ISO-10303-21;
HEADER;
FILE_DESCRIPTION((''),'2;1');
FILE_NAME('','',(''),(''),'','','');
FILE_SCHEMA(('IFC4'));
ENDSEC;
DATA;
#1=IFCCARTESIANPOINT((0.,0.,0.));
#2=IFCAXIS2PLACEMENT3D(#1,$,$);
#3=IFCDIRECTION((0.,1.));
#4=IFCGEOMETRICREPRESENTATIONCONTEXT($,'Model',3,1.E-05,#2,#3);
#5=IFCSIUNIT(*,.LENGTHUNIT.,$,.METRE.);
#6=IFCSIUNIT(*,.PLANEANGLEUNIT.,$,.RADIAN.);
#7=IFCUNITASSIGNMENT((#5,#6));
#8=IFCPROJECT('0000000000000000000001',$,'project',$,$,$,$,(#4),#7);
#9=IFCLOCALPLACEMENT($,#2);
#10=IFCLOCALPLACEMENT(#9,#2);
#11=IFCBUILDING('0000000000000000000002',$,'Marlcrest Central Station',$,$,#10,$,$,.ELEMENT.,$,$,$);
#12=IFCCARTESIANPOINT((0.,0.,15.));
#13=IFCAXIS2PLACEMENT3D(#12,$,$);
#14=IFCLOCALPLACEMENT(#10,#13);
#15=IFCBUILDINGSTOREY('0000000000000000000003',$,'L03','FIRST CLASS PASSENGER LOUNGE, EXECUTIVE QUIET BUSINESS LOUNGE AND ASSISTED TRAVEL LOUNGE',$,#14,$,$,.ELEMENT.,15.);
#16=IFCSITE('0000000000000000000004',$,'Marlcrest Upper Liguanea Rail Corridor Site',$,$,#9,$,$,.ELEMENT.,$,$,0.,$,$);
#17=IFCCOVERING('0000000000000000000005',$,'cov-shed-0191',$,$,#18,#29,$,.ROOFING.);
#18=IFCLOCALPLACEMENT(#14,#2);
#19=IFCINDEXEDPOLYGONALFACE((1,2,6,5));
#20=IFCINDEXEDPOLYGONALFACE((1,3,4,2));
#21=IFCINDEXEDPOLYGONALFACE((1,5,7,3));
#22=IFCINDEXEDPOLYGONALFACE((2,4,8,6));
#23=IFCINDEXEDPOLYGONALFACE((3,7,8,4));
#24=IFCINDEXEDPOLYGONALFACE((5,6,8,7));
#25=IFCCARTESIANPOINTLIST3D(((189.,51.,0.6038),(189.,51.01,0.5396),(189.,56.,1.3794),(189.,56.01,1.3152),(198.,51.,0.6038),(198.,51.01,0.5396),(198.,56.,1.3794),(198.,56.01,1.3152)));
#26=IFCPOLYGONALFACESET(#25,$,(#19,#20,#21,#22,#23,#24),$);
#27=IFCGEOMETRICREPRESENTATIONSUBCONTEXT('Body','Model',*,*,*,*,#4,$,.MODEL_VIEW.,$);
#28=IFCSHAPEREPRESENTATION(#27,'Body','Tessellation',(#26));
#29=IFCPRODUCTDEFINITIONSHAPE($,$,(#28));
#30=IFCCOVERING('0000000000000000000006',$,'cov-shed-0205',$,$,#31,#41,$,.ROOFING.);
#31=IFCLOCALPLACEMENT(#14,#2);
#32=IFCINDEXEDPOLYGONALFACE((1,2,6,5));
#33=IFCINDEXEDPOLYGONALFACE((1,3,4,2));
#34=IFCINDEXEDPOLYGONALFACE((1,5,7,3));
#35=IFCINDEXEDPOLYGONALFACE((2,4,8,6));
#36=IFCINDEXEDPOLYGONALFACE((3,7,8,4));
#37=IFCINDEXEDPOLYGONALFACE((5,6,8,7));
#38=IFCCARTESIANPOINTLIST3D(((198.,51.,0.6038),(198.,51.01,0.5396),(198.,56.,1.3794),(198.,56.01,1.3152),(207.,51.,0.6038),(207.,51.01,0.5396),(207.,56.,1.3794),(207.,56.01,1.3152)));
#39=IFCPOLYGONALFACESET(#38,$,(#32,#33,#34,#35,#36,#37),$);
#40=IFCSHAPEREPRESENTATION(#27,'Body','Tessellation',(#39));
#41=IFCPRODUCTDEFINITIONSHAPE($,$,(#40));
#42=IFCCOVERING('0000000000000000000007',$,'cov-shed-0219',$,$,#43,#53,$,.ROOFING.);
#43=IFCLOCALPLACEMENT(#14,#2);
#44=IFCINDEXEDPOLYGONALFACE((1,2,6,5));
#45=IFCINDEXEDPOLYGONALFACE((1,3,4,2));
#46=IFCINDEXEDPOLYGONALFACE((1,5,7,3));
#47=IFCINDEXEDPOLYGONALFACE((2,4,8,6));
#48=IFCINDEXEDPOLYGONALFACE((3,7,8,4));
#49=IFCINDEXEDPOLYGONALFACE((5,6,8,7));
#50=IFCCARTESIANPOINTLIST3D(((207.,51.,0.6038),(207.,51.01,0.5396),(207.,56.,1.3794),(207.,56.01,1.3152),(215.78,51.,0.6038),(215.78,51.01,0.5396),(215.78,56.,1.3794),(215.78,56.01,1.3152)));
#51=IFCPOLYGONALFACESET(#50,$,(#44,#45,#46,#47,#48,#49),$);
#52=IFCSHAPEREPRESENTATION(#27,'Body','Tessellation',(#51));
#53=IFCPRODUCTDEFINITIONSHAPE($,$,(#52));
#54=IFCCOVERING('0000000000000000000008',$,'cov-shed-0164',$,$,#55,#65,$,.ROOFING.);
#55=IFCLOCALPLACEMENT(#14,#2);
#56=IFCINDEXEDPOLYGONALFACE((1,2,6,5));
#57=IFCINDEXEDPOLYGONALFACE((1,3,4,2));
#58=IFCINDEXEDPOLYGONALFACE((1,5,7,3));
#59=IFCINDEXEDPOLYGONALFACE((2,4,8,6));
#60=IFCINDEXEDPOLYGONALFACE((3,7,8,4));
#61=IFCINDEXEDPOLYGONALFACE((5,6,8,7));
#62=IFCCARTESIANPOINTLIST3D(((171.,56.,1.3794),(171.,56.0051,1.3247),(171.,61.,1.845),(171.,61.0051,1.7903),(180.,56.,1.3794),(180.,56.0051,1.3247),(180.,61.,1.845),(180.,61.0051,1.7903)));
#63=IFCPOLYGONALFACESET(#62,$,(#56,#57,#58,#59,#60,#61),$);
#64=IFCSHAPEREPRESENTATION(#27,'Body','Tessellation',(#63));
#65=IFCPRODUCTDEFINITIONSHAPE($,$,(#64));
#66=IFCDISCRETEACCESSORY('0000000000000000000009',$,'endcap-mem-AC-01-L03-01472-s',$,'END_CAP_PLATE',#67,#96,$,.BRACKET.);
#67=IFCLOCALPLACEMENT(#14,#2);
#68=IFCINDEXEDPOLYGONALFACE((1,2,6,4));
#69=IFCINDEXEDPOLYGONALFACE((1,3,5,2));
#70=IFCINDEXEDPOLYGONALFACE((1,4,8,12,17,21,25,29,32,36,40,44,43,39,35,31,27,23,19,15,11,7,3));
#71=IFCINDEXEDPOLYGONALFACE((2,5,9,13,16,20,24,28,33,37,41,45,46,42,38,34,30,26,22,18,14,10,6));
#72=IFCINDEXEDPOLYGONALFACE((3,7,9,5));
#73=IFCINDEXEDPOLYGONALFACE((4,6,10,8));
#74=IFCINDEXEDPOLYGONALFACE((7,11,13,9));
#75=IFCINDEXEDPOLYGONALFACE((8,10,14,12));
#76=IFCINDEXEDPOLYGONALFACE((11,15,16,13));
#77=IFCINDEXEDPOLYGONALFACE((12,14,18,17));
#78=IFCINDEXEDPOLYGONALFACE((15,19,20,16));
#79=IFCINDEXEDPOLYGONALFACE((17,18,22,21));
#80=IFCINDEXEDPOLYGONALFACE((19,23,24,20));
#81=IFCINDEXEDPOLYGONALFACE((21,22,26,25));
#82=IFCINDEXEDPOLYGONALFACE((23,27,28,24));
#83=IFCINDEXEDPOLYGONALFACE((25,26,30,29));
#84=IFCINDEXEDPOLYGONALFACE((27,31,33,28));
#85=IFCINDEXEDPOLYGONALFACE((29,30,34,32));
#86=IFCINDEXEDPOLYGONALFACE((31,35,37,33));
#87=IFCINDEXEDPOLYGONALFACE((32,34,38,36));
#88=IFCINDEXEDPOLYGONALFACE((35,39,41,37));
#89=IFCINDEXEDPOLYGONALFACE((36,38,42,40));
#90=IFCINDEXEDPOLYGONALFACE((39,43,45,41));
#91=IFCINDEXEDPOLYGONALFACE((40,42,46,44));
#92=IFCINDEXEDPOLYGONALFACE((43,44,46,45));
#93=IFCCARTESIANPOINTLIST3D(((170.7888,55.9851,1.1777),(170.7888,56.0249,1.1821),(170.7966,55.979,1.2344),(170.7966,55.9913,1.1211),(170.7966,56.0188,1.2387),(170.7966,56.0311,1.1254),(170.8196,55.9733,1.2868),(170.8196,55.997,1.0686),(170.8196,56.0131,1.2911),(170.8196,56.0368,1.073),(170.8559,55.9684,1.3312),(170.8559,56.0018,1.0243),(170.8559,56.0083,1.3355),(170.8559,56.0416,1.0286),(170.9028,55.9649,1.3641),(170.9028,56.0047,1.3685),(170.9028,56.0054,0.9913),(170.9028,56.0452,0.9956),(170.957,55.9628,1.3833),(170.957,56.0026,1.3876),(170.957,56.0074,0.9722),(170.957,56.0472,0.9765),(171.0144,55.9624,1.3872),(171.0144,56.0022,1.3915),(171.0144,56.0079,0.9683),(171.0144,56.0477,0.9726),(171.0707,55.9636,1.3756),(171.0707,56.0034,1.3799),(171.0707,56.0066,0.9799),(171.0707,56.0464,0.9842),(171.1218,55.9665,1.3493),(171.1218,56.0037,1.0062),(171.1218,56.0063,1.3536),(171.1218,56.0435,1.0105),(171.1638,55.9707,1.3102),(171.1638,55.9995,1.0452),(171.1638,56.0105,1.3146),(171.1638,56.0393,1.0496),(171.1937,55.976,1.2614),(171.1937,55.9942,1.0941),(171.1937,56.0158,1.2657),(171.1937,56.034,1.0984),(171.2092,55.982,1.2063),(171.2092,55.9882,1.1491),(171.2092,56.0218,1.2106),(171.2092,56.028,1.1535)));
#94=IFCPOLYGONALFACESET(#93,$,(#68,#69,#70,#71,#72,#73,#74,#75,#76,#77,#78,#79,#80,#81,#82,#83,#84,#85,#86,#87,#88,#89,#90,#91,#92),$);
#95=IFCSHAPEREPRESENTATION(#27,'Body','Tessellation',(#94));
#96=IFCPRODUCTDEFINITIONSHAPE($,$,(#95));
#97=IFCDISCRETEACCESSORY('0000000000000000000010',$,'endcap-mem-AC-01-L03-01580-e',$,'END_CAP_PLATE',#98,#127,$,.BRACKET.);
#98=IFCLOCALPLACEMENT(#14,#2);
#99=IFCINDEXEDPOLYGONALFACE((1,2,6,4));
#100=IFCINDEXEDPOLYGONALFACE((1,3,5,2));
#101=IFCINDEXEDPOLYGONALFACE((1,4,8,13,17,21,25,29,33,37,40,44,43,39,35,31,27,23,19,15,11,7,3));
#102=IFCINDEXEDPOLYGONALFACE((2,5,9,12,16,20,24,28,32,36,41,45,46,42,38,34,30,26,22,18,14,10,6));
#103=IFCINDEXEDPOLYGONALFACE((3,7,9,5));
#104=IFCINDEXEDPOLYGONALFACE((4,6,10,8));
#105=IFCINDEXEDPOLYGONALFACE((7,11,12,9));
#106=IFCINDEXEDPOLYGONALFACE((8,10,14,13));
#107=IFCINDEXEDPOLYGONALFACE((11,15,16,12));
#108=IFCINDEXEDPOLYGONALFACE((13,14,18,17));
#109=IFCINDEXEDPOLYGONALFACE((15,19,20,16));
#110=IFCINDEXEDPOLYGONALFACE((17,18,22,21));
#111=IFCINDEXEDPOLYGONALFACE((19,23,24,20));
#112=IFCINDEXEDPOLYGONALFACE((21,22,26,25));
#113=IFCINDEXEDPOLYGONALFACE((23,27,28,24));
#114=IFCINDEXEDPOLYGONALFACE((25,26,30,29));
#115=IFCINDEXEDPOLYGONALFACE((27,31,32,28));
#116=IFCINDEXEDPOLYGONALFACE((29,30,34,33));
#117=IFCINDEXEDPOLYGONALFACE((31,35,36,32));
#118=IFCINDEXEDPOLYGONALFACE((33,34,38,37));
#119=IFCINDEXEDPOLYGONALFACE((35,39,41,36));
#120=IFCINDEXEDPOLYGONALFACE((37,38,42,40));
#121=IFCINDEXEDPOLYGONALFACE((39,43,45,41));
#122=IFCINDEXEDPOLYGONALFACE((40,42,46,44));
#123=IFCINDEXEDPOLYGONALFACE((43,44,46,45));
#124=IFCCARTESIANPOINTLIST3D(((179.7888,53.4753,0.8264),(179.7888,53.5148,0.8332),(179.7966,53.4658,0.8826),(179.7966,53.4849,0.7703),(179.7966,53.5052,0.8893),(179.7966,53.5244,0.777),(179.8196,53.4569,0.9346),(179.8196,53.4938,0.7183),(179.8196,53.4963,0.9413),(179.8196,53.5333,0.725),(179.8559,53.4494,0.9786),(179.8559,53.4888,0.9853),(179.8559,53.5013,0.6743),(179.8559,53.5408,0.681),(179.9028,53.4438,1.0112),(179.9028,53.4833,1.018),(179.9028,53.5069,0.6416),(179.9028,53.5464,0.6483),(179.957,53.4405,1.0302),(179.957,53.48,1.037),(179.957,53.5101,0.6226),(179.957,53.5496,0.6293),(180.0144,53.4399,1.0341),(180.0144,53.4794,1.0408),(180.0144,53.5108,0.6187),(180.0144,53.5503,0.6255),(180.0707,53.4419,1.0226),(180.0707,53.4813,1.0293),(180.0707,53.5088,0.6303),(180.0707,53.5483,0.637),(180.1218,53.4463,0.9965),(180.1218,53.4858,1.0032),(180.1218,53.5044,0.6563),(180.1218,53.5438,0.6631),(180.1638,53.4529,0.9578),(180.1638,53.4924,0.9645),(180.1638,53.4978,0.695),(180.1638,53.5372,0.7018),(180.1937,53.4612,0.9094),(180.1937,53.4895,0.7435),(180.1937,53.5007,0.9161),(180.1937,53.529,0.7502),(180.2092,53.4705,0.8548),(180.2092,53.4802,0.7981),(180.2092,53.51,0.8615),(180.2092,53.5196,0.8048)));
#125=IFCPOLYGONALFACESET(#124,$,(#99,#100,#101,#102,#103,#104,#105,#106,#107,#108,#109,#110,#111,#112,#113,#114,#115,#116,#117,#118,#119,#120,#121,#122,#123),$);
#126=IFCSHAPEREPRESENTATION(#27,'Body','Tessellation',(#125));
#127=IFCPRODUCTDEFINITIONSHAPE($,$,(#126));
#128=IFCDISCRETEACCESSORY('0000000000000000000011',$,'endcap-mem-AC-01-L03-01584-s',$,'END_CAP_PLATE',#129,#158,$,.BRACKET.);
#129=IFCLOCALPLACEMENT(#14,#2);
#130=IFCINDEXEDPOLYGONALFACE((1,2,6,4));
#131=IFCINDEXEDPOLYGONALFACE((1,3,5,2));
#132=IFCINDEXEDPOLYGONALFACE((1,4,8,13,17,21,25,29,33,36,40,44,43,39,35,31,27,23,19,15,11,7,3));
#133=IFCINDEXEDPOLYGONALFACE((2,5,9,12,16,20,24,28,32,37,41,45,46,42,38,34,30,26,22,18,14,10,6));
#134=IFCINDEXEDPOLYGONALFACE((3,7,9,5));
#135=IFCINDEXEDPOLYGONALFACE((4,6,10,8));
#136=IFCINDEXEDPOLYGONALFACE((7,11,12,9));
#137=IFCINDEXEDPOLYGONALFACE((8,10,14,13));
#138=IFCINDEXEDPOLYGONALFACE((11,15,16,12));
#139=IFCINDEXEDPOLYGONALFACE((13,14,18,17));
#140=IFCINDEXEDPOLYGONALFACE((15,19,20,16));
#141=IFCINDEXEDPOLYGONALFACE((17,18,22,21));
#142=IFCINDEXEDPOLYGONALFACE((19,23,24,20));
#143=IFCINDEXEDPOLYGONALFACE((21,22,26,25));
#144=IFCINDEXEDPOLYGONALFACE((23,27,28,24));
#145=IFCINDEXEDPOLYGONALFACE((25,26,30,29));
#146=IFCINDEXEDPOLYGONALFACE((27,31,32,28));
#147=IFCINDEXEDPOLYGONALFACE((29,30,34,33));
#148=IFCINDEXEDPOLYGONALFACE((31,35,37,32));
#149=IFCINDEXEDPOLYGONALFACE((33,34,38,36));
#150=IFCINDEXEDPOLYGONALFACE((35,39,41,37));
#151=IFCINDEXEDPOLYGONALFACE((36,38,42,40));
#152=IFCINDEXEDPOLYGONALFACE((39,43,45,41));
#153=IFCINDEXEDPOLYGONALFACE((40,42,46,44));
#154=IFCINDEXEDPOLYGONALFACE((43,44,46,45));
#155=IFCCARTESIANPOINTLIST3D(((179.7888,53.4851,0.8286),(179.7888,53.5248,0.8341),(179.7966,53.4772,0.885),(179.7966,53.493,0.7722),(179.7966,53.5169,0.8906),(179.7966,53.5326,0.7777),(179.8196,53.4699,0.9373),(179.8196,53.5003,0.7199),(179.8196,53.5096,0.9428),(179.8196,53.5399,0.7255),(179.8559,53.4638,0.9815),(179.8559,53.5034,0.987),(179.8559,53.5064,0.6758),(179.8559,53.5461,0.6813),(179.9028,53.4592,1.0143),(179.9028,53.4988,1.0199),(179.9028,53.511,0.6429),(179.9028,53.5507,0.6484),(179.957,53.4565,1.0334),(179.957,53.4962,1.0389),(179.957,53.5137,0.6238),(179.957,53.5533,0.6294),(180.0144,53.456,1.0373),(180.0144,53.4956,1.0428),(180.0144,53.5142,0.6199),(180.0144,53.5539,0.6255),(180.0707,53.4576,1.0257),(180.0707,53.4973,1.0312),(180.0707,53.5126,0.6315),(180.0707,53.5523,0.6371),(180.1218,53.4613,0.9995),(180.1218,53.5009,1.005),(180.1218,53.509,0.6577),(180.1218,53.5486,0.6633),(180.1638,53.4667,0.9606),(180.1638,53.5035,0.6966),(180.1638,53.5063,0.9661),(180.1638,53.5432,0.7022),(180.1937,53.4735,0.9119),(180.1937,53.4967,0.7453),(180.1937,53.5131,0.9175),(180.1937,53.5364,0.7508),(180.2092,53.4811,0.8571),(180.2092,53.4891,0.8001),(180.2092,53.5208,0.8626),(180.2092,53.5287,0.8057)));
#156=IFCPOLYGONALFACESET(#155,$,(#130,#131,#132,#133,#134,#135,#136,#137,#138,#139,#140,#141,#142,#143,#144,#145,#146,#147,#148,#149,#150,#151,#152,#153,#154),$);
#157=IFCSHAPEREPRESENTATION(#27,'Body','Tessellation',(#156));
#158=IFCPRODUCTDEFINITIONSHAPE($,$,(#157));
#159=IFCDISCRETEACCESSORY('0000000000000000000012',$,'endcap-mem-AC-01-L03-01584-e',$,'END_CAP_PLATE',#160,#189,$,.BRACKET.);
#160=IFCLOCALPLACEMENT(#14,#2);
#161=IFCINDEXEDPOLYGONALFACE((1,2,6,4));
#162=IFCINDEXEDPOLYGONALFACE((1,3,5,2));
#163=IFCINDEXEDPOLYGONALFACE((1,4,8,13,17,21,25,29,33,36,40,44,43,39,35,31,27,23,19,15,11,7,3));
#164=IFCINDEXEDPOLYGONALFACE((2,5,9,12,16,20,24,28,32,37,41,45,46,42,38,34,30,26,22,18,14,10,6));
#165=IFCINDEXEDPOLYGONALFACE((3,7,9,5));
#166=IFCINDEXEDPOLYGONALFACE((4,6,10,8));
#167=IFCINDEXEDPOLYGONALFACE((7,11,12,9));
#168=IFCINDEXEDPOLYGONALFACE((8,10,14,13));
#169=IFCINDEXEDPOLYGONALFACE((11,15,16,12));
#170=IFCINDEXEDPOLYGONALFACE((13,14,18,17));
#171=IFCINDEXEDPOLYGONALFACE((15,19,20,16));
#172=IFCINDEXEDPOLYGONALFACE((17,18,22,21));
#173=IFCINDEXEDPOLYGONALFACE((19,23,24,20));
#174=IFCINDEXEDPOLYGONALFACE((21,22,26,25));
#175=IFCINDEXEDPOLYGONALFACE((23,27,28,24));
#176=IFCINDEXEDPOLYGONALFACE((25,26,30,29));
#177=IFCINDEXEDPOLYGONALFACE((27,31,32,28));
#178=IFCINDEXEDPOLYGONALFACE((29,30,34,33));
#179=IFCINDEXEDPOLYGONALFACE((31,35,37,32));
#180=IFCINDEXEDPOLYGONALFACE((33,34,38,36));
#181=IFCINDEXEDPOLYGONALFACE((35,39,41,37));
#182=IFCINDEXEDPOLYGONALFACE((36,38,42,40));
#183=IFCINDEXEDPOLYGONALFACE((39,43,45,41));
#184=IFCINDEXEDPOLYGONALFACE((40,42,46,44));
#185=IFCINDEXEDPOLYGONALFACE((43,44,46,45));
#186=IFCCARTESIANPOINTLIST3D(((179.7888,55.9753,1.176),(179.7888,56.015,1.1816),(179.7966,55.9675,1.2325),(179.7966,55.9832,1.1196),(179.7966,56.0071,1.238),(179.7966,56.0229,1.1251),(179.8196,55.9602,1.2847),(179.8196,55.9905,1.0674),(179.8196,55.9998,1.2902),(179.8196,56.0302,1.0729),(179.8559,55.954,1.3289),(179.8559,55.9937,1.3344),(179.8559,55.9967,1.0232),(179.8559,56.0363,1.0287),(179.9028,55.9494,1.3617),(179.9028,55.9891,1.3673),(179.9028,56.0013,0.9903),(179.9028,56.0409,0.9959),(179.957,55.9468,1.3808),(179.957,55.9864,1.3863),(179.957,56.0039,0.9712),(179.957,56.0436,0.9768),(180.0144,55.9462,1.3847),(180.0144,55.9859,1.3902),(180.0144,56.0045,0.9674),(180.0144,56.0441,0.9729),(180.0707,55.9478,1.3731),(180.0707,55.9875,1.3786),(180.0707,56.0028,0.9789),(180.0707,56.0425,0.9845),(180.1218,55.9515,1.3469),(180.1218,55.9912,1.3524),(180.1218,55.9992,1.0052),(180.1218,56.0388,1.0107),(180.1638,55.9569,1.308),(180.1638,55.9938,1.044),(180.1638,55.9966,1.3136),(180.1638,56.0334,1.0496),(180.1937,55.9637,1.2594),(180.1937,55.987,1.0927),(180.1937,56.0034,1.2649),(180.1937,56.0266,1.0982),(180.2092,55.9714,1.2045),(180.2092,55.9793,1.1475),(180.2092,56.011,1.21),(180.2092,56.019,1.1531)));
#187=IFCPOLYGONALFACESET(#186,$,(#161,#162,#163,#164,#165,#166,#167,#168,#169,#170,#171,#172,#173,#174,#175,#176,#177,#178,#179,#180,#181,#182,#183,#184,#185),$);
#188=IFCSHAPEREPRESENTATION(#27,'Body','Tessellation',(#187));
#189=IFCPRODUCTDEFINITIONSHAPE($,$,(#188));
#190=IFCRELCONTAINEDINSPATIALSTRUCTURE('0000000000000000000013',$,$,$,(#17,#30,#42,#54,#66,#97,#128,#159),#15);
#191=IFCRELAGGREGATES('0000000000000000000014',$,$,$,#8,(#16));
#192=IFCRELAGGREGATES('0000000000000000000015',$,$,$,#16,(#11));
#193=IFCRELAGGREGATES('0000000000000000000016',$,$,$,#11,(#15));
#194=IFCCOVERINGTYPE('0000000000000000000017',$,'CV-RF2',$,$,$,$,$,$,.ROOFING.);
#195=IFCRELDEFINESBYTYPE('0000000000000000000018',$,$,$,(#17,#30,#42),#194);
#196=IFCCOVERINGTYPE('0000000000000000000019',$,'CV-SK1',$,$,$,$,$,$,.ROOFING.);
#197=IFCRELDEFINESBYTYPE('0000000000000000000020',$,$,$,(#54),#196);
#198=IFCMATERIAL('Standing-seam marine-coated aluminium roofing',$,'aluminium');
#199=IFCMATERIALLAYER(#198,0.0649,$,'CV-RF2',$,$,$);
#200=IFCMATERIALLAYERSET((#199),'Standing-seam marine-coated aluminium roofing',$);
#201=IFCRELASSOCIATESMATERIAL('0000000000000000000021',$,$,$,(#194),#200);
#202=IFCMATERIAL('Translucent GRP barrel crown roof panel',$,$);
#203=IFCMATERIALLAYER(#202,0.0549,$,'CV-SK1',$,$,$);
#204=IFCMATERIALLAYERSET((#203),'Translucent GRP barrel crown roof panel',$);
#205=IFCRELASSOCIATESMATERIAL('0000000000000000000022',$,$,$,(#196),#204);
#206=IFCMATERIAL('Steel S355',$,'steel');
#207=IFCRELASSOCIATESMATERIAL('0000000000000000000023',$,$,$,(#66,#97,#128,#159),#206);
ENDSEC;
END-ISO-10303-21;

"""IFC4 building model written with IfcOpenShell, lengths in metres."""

from ifc_helpers import new_model, si_unit, direction, frame, origin, origin_2d, place, context, subcontext, project, spatial, polyline, circle, outline, extrude, material, layer, layer_set, type_object, element, save


model = new_model("IFC4")

# Units and contexts
model_context = context("Model", 3, precision=1e-05, world=origin(), true_north=direction((0.0, 1.0)))
body_context = subcontext(model_context, "Body", "Model", "MODEL_VIEW")
ifc_project = project(units=[si_unit("LENGTHUNIT", "METRE"), si_unit("PLANEANGLEUNIT", "RADIAN")], contexts=[model_context])

# Site, building, storey
site_placement = place(None, origin())
site = spatial("IfcSite", under=ifc_project, at=site_placement, Name="Marlcrest Upper Liguanea Rail Corridor Site", CompositionType="ELEMENT", RefElevation=0.0)
building_placement = place(site_placement, origin())
building = spatial("IfcBuilding", under=site, at=building_placement, Name="Marlcrest Central Station", CompositionType="ELEMENT")
storey_placement = place(building_placement, frame((0.0, 0.0, 15.0)))
storey = spatial("IfcBuildingStorey", under=building, at=storey_placement, Name="L03", Description="FIRST CLASS PASSENGER LOUNGE, EXECUTIVE QUIET BUSINESS LOUNGE AND ASSISTED TRAVEL LOUNGE", CompositionType="ELEMENT", Elevation=15.0)

# Shared definitions
ifc_material_1 = material(Name="Steel S355", Category="steel")

# Coverings
ifc_material_2 = material(Name="Standing-seam marine-coated aluminium roofing", Category="aluminium")
ifc_layer_1 = layer(ifc_material_2, 0.0649, Name="CV-RF2")
ifc_layer_set_1 = layer_set([ifc_layer_1], Name="Standing-seam marine-coated aluminium roofing")
covering_type_1 = type_object("IfcCoveringType", Name="CV-RF2", PredefinedType="ROOFING", material=ifc_layer_set_1)
for number, where, z_axis, x_axis, name in (
    (1, (189.0, 51.0, 0.6038), (0.0, -0.153293, 0.988181), (1.0, 0.0, 0.0), "cov-shed-0191"),
    (2, (198.0, 51.0, 0.6038), (0.0, -0.153293, 0.988181), (1.0, 0.0, 0.0), "cov-shed-0205"),
):
    element("IfcCovering", number, at=place(storey_placement, frame(where, z_axis=z_axis, x_axis=x_axis)), inside=storey, type_object=covering_type_1, Name=name, PredefinedType="ROOFING", context=body_context, shape_type="SweptSolid", body=[
        extrude(outline(polyline([(0.0, 0.0), (9.0, 0.0), (9.0, 5.0598), (0.0, 5.0598), (0.0, 0.0)])), origin(), (0.0, 0.0, -1.0), 0.0649),
    ])
covering_1_placement = place(storey_placement, frame((207.0, 51.0, 0.6038), z_axis=(0.0, -0.153293, 0.988181), x_axis=(1.0, 0.0, 0.0)))
element("IfcCovering", 3, at=covering_1_placement, inside=storey, type_object=covering_type_1, Name="cov-shed-0219", PredefinedType="ROOFING", context=body_context, shape_type="SweptSolid", body=[
    extrude(outline(polyline([(0.0, 0.0), (8.78, 0.0), (8.78, 5.0598), (0.0, 5.0598), (0.0, 0.0)])), origin(), (0.0, 0.0, -1.0), 0.0649),
])
ifc_material_3 = material(Name="Translucent GRP barrel crown roof panel")
ifc_layer_2 = layer(ifc_material_3, 0.0549, Name="CV-SK1")
ifc_layer_set_2 = layer_set([ifc_layer_2], Name="Translucent GRP barrel crown roof panel")
covering_type_2 = type_object("IfcCoveringType", Name="CV-SK1", PredefinedType="ROOFING", material=ifc_layer_set_2)
covering_2_placement = place(storey_placement, frame((171.0, 56.0, 1.3794), z_axis=(0.0, -0.092714, 0.995693), x_axis=(1.0, 0.0, 0.0)))
element("IfcCovering", 4, at=covering_2_placement, inside=storey, type_object=covering_type_2, Name="cov-shed-0164", PredefinedType="ROOFING", context=body_context, shape_type="SweptSolid", body=[
    extrude(outline(polyline([(0.0, 0.0), (9.0, 0.0), (9.0, 5.0216), (0.0, 5.0216), (0.0, 0.0)])), origin(), (0.0, 0.0, -1.0), 0.0549),
])

# Discrete accessories
for number, where, z_axis, x_axis, name in (
    (5, (171.0, 55.9851, 1.1777), (0.0, 0.994155, 0.107959), (-1.0, 0.0, 0.0), "endcap-mem-AC-01-L03-01472-s"),
    (6, (180.0, 53.4753, 0.8264), (0.0, 0.985741, 0.168269), (-1.0, 0.0, 0.0), "endcap-mem-AC-01-L03-01580-e"),
    (7, (180.0, 53.4851, 0.8286), (0.0, 0.990403, 0.138211), (-1.0, 0.0, 0.0), "endcap-mem-AC-01-L03-01584-s"),
    (8, (180.0, 55.9753, 1.176), (0.0, 0.990403, 0.138211), (-1.0, 0.0, 0.0), "endcap-mem-AC-01-L03-01584-e"),
):
    element("IfcDiscreteAccessory", number, at=place(storey_placement, frame(where, z_axis=z_axis, x_axis=x_axis)), inside=storey, material=ifc_material_1, Name=name, ObjectType="END_CAP_PLATE", PredefinedType="BRACKET", context=body_context, shape_type="SweptSolid", body=[
        extrude(circle(Radius=0.2112, at=origin_2d()), origin(), (0.0, 0.0, 1.0), 0.04),
    ])

save(model, "model.ifc")
